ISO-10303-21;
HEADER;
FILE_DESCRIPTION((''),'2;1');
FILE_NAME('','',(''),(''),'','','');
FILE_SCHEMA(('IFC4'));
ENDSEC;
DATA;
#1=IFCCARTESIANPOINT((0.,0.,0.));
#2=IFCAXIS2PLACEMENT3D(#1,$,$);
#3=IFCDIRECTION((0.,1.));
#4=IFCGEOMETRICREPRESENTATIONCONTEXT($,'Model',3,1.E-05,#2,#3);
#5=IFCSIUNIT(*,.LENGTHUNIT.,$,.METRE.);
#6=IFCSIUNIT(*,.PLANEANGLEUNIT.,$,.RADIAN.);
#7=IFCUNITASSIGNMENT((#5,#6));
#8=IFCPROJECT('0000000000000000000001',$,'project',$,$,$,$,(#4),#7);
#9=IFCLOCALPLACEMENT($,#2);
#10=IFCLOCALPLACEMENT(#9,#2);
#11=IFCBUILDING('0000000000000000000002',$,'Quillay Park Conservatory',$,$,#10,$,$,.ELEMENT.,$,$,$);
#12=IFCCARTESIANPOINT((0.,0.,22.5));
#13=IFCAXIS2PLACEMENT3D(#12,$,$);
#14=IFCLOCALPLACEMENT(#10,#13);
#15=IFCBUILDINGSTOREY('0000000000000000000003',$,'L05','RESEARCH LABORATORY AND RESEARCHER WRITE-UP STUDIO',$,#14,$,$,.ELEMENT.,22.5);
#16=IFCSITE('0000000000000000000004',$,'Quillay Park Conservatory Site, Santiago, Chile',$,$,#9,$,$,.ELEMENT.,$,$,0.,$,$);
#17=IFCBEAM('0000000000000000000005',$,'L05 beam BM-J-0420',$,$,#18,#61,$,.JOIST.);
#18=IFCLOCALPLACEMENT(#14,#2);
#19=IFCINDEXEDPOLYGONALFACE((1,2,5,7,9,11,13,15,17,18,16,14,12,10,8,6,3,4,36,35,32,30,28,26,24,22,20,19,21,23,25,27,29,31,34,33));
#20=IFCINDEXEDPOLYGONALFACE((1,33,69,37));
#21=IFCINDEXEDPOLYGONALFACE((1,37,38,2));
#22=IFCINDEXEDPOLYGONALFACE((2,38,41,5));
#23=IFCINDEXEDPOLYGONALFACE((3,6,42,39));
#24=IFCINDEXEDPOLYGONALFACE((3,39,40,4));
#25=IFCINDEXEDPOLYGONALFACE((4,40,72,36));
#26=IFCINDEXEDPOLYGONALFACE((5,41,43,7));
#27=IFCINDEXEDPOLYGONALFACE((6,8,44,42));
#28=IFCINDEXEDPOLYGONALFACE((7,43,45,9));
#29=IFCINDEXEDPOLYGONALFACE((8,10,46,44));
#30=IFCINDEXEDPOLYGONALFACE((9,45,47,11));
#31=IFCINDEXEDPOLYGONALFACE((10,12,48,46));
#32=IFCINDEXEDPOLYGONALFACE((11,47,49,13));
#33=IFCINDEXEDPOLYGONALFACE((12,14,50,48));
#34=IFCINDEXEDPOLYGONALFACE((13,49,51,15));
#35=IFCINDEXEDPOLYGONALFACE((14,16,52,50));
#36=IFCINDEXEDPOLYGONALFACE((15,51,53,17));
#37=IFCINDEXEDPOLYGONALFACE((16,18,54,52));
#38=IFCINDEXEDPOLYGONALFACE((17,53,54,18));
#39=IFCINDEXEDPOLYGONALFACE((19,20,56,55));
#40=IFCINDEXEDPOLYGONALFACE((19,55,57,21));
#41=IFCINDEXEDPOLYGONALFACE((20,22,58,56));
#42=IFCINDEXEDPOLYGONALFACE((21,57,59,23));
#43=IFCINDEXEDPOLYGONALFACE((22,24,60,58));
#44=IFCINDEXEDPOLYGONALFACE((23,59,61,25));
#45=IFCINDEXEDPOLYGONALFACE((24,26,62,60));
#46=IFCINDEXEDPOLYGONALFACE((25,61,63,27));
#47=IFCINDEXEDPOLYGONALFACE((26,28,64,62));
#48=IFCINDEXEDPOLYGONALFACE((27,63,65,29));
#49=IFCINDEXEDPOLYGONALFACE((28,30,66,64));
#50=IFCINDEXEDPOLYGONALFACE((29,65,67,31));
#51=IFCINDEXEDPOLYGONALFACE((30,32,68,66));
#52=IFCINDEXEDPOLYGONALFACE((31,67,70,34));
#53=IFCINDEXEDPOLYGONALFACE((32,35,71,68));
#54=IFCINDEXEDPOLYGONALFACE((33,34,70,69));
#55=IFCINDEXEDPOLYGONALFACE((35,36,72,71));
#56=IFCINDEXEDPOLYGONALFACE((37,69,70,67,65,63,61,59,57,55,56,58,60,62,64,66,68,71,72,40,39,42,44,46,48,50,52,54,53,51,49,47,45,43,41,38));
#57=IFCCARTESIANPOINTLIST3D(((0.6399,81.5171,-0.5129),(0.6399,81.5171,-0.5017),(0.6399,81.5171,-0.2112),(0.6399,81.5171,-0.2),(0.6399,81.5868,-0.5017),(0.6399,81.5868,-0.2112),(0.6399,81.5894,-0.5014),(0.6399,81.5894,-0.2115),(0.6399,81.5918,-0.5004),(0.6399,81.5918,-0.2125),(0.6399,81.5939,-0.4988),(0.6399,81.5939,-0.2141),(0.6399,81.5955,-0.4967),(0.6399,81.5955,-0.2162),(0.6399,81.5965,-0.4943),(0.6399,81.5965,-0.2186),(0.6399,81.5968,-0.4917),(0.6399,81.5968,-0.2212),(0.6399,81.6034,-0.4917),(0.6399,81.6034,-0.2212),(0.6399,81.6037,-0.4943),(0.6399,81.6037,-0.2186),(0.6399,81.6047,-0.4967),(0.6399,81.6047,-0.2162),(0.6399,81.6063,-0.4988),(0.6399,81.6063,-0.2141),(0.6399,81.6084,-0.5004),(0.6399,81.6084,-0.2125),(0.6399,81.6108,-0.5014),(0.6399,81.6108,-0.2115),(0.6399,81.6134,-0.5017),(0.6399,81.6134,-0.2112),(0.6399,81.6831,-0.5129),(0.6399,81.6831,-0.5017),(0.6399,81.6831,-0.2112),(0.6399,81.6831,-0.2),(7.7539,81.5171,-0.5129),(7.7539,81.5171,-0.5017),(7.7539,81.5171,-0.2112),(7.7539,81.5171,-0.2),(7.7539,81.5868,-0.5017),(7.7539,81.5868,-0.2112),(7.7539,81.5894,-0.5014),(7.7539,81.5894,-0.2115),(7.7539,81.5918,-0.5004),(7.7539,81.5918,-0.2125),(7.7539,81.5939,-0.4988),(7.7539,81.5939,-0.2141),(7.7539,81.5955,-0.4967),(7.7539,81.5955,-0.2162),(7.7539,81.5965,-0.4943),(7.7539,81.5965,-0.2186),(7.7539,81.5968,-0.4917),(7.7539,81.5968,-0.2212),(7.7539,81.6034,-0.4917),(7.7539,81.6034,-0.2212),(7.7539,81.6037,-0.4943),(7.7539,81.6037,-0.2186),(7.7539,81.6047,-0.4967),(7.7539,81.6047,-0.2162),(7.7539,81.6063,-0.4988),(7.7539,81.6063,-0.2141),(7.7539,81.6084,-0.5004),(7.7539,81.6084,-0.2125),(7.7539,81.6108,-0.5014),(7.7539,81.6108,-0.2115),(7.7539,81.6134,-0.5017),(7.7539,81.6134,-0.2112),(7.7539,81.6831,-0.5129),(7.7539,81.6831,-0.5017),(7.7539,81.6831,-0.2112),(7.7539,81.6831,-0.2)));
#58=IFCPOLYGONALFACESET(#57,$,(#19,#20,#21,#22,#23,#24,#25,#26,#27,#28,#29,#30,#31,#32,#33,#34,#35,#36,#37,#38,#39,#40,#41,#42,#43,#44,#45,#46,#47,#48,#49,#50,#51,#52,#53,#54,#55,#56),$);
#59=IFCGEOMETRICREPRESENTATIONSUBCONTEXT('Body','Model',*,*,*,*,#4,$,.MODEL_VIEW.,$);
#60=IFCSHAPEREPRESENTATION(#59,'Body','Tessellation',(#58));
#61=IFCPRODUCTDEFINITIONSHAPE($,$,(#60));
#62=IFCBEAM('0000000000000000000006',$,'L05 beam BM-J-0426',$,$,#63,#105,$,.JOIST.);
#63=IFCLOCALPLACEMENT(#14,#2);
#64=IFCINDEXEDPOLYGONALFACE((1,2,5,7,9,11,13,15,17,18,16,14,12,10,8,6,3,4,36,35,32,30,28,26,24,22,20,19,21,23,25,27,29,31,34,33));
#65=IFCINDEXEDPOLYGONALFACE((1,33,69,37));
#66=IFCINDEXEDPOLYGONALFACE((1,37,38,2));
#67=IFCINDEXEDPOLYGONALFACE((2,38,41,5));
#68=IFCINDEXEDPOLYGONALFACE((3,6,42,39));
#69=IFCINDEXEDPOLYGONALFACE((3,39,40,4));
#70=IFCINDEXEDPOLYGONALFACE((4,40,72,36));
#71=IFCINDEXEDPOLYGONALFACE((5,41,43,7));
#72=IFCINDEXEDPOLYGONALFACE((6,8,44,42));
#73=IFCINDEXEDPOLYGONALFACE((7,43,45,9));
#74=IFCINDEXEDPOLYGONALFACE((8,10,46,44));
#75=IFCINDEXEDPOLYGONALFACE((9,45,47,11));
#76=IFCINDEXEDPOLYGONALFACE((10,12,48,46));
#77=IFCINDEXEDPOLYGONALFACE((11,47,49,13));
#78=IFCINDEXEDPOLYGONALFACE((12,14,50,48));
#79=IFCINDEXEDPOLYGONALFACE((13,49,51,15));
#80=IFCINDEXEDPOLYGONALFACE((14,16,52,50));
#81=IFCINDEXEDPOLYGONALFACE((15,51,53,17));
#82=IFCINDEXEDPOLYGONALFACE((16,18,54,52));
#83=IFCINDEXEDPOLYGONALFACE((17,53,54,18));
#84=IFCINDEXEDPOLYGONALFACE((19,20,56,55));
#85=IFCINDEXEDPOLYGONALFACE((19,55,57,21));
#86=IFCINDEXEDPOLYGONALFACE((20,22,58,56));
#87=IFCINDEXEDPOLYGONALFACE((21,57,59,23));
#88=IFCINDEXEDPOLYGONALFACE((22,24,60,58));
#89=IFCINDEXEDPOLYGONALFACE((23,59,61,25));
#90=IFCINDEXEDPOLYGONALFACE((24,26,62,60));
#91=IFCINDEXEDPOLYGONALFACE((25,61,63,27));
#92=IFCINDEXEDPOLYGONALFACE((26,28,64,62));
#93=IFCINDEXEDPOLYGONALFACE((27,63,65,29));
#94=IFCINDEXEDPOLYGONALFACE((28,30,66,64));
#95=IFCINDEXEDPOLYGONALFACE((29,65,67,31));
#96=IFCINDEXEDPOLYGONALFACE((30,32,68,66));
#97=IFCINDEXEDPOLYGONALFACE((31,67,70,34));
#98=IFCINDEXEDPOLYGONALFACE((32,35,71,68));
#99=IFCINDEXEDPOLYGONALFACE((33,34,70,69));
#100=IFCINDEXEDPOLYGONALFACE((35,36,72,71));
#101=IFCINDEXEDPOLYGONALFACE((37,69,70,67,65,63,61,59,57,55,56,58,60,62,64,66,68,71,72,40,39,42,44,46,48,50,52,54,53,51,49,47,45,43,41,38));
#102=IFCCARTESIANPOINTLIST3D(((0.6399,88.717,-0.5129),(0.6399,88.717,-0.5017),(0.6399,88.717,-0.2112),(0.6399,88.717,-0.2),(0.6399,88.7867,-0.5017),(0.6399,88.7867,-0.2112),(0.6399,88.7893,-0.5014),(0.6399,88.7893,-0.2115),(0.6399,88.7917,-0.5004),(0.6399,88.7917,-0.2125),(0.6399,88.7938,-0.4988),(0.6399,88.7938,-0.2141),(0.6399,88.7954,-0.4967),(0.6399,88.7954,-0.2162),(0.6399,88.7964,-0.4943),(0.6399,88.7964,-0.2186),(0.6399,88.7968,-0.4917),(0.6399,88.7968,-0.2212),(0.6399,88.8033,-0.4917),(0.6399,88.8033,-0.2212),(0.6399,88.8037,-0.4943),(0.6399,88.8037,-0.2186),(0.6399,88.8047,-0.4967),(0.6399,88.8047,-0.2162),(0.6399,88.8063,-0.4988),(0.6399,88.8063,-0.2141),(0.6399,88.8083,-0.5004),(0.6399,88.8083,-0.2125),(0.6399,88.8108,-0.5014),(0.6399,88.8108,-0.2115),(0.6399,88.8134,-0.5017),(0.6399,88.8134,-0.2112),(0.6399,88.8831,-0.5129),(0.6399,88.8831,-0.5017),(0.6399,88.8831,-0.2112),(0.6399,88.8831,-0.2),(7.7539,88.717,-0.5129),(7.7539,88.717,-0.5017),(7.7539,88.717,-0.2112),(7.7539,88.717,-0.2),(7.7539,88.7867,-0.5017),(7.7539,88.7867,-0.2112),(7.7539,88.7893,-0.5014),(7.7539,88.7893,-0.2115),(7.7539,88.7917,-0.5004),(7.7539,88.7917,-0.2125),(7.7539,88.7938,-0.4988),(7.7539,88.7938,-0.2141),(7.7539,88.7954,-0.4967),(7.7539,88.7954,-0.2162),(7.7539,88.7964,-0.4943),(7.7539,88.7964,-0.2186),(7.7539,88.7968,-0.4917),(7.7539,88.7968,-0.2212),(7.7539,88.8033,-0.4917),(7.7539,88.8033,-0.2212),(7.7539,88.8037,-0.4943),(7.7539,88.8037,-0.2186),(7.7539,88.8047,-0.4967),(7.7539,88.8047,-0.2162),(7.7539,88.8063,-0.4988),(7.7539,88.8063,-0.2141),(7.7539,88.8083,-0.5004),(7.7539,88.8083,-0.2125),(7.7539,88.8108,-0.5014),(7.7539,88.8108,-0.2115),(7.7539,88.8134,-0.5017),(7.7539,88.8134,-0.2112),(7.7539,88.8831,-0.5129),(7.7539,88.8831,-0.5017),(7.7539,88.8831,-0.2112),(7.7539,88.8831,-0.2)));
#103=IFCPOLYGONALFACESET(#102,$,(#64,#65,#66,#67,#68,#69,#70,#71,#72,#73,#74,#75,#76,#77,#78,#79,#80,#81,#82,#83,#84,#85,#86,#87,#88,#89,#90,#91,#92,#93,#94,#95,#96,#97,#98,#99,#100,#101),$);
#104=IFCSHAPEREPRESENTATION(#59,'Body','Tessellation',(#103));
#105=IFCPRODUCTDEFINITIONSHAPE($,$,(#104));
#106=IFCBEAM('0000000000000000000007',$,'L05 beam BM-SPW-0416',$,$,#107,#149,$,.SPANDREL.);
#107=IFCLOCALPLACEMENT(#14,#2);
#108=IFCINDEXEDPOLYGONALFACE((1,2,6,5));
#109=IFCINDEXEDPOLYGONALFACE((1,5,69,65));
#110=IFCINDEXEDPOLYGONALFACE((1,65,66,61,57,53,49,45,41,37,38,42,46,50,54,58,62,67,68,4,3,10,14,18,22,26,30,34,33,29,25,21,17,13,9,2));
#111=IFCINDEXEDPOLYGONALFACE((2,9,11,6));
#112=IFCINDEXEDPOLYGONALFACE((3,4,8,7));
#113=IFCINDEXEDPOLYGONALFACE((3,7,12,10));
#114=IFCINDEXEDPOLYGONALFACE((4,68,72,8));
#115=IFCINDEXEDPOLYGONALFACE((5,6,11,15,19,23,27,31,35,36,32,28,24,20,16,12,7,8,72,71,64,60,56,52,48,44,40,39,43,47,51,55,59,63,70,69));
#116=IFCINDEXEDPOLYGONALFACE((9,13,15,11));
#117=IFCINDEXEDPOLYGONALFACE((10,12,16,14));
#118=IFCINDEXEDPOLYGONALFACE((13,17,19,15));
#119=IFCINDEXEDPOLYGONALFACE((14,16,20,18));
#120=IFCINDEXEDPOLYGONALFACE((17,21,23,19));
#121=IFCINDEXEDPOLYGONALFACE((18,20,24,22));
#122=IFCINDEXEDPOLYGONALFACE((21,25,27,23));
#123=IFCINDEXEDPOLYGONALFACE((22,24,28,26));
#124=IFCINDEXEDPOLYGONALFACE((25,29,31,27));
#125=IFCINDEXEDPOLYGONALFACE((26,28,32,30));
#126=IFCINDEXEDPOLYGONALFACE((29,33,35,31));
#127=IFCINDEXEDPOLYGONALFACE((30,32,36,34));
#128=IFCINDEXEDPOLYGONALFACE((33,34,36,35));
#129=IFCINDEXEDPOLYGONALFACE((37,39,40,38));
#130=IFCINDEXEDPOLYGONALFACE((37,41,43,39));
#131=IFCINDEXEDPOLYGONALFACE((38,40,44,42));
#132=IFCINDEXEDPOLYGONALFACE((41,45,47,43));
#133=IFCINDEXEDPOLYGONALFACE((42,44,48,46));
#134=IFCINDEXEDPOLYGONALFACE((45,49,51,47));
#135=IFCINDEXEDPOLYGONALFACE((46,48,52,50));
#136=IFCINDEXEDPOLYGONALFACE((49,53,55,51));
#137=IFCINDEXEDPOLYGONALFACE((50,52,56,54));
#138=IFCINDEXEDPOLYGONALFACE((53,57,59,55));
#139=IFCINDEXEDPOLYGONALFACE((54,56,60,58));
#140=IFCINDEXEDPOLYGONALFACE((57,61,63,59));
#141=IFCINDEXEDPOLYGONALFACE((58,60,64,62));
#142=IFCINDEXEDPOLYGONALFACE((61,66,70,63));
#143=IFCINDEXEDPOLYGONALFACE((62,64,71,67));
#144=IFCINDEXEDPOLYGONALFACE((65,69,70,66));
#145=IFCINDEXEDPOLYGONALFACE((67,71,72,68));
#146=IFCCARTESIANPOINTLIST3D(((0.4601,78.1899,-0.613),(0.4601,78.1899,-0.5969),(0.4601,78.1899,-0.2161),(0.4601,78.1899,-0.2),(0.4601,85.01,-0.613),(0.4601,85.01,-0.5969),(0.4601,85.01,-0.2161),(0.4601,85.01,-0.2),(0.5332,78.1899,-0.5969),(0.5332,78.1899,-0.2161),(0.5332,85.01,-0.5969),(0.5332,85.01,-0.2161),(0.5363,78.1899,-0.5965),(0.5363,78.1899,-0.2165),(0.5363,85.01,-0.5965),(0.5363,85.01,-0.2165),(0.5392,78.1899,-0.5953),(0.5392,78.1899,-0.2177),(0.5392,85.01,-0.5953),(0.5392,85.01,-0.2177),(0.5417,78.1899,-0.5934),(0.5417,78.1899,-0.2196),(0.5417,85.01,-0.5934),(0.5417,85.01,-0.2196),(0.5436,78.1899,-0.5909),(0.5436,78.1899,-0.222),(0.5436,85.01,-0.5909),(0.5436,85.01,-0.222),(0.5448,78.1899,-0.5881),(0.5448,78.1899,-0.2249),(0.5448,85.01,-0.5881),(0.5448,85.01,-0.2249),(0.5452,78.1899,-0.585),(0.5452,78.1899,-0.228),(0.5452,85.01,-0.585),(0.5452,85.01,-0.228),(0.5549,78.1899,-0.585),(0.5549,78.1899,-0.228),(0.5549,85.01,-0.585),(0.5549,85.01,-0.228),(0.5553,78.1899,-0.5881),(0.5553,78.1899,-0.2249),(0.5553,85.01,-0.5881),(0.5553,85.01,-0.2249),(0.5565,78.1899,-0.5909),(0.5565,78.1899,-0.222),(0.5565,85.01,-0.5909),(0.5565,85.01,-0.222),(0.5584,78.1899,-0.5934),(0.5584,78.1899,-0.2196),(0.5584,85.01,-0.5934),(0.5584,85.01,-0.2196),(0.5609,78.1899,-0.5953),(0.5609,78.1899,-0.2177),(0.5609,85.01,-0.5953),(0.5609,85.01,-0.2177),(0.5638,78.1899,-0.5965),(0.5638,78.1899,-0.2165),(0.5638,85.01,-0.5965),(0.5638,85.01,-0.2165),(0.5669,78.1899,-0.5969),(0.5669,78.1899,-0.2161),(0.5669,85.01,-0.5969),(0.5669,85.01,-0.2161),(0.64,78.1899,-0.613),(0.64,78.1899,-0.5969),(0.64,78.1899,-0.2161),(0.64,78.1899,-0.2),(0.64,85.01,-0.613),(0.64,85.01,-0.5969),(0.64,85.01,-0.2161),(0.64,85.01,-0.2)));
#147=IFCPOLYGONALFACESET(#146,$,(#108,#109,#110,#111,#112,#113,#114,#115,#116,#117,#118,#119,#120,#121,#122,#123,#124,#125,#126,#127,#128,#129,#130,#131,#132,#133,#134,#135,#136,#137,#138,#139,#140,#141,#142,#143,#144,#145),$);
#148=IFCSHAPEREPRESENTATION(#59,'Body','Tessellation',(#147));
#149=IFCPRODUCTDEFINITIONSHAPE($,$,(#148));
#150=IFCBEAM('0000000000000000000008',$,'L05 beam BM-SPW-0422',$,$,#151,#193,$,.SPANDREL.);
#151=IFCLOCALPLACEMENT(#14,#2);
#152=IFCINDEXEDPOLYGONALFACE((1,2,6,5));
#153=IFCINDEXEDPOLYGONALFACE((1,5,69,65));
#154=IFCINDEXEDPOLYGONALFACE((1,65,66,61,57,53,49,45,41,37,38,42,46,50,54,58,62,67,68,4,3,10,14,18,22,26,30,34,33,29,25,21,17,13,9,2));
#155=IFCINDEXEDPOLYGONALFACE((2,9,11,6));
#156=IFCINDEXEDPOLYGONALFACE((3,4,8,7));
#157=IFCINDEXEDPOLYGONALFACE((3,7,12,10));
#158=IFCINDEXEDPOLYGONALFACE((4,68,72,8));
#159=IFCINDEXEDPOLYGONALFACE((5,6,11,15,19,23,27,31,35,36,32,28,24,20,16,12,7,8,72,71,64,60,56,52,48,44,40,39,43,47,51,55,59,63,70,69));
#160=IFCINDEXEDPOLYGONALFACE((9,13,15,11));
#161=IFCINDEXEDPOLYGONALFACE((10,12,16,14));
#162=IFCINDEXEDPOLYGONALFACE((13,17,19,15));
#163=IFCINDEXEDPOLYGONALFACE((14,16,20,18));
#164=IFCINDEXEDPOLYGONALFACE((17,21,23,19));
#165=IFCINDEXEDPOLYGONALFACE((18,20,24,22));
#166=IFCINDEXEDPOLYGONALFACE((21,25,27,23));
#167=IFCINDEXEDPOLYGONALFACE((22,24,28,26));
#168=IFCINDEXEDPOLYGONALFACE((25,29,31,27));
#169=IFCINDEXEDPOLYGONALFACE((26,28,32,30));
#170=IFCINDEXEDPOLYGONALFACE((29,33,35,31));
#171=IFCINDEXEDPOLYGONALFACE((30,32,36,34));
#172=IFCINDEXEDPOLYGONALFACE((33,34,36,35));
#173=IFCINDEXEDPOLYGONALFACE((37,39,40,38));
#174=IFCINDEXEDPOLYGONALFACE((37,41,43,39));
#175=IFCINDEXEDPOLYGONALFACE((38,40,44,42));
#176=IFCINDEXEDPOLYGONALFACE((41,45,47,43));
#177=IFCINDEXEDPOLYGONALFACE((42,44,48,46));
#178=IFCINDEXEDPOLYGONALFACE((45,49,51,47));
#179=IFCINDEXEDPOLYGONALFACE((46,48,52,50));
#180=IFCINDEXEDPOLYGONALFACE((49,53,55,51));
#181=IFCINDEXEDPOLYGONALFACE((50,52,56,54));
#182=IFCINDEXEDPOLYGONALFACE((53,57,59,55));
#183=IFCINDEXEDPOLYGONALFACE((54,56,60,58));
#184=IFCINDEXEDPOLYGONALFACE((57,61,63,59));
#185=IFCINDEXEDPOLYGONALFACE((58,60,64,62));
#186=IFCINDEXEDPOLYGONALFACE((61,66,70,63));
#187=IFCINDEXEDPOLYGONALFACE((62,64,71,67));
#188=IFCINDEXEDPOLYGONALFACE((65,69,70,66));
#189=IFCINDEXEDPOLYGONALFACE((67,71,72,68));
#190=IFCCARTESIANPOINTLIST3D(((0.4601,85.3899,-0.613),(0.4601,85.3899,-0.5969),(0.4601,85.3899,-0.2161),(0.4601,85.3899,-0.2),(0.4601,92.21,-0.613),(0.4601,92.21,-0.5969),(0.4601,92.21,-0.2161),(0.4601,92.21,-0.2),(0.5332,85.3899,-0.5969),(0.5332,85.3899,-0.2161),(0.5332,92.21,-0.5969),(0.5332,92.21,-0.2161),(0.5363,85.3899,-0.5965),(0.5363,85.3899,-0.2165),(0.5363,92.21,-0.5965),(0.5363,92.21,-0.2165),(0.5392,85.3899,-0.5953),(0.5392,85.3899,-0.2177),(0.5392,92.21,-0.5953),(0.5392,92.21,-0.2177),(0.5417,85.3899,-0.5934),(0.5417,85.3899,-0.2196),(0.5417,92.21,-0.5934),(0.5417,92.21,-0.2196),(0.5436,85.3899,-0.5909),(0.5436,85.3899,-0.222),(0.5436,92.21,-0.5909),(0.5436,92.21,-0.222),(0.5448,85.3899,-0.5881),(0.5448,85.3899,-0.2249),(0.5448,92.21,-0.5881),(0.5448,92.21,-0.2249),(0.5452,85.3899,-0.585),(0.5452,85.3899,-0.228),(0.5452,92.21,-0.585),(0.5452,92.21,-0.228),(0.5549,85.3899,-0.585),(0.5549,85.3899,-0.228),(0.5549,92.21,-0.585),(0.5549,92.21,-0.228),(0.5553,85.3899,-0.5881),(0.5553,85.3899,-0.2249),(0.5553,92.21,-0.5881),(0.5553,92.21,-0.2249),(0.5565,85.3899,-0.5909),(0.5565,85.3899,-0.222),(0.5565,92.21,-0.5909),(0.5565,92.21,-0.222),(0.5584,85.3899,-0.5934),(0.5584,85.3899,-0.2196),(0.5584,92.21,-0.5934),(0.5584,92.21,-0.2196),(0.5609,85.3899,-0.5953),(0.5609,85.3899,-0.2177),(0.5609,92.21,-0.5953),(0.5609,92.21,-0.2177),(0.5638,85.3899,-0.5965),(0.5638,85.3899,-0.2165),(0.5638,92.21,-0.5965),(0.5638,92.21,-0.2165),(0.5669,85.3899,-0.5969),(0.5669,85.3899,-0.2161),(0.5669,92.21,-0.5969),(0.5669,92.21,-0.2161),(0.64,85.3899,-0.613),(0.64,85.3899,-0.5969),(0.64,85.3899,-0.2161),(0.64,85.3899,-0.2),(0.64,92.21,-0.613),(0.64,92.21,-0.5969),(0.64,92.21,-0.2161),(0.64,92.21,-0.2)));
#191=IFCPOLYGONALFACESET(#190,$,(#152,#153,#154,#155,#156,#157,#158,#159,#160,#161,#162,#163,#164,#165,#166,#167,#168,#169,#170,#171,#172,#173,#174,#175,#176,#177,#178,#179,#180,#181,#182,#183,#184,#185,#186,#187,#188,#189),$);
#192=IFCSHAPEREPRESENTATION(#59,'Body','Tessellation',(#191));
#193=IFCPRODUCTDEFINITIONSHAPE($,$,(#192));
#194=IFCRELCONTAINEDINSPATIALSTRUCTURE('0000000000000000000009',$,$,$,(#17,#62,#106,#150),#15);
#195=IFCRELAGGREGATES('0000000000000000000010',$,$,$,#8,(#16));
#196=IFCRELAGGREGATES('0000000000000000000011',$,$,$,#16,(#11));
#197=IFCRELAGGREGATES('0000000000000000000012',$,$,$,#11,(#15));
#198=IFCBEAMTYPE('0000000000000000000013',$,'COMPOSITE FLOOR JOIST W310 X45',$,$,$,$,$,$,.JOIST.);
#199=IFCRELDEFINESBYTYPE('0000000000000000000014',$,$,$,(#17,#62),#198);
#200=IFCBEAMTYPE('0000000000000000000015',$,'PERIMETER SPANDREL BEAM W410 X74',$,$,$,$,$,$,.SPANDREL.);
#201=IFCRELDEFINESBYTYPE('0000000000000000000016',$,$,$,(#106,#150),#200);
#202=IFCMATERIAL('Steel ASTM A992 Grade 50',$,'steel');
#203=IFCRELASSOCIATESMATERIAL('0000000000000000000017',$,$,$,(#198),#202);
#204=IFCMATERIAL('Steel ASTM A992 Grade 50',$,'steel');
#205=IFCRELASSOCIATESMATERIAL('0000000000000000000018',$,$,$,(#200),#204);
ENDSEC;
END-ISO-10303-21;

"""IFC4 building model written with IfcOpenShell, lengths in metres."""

from ifc_helpers import new_model, si_unit, direction, frame, origin, origin_2d, place, context, subcontext, project, spatial, i_section, extrude, material, material_profile, profile_set, type_object, element, save


model = new_model("IFC4")

# Units and contexts
model_context = context("Model", 3, precision=1e-05, world=origin(), true_north=direction((0.0, 1.0)))
body_context = subcontext(model_context, "Body", "Model", "MODEL_VIEW")
ifc_project = project(units=[si_unit("LENGTHUNIT", "METRE"), si_unit("PLANEANGLEUNIT", "RADIAN")], contexts=[model_context])

# Site, building, storey
site_placement = place(None, origin())
site = spatial("IfcSite", under=ifc_project, at=site_placement, Name="Quillay Park Conservatory Site, Santiago, Chile", CompositionType="ELEMENT", RefElevation=0.0)
building_placement = place(site_placement, origin())
building = spatial("IfcBuilding", under=site, at=building_placement, Name="Quillay Park Conservatory", CompositionType="ELEMENT")
storey_placement = place(building_placement, frame((0.0, 0.0, 22.5)))
storey = spatial("IfcBuildingStorey", under=building, at=storey_placement, Name="L05", Description="RESEARCH LABORATORY AND RESEARCHER WRITE-UP STUDIO", CompositionType="ELEMENT", Elevation=22.5)

# Beams
ifc_material_1 = material(Name="Steel ASTM A992 Grade 50", Category="steel")
ifc_material_profile_1 = material_profile(ifc_material_1, i_section(OverallWidth=0.166, OverallDepth=0.313, WebThickness=0.0066, FlangeThickness=0.0112, FilletRadius=0.01, at=origin_2d()), Name="W310x45")
ifc_profile_set_1 = profile_set([ifc_material_profile_1], Name="Steel ASTM A992 Grade 50")
beam_type_1 = type_object("IfcBeamType", Name="COMPOSITE FLOOR JOIST W310 X45", PredefinedType="JOIST", material=ifc_profile_set_1)
for number, where, z_axis, x_axis, name in (
    (1, (0.6399, 81.6001, -0.3564), (1.0, 0.0, 0.0), (0.0, 1.0, 0.0), "L05 beam BM-J-0420"),
    (2, (0.6399, 88.8, -0.3564), (1.0, 0.0, 0.0), (0.0, 1.0, 0.0), "L05 beam BM-J-0426"),
):
    element("IfcBeam", number, at=place(storey_placement, frame(where, z_axis=z_axis, x_axis=x_axis)), inside=storey, type_object=beam_type_1, Name=name, PredefinedType="JOIST", context=body_context, shape_type="SweptSolid", body=[
        extrude(i_section(OverallWidth=0.166, OverallDepth=0.313, WebThickness=0.0066, FlangeThickness=0.0112, FilletRadius=0.01, at=origin_2d()), origin(), (0.0, 0.0, 1.0), 7.114),
    ])
ifc_material_2 = material(Name="Steel ASTM A992 Grade 50", Category="steel")
ifc_material_profile_2 = material_profile(ifc_material_2, i_section(OverallWidth=0.1799, OverallDepth=0.4131, WebThickness=0.0098, FlangeThickness=0.0161, FilletRadius=0.012, at=origin_2d()), Name="W410x74")
ifc_profile_set_2 = profile_set([ifc_material_profile_2], Name="Steel ASTM A992 Grade 50")
beam_type_2 = type_object("IfcBeamType", Name="PERIMETER SPANDREL BEAM W410 X74", PredefinedType="SPANDREL", material=ifc_profile_set_2)
for number, where, z_axis, x_axis, name in (
    (3, (0.55, 78.1899, -0.4065), (0.0, 1.0, 0.0), (-1.0, 0.0, 0.0), "L05 beam BM-SPW-0416"),
    (4, (0.55, 85.3899, -0.4065), (0.0, 1.0, 0.0), (-1.0, 0.0, 0.0), "L05 beam BM-SPW-0422"),
):
    element("IfcBeam", number, at=place(storey_placement, frame(where, z_axis=z_axis, x_axis=x_axis)), inside=storey, type_object=beam_type_2, Name=name, PredefinedType="SPANDREL", context=body_context, shape_type="SweptSolid", body=[
        extrude(i_section(OverallWidth=0.1799, OverallDepth=0.4131, WebThickness=0.0098, FlangeThickness=0.0161, FilletRadius=0.012, at=origin_2d()), origin(), (0.0, 0.0, 1.0), 6.8201),
    ])

save(model, "model.ifc")
